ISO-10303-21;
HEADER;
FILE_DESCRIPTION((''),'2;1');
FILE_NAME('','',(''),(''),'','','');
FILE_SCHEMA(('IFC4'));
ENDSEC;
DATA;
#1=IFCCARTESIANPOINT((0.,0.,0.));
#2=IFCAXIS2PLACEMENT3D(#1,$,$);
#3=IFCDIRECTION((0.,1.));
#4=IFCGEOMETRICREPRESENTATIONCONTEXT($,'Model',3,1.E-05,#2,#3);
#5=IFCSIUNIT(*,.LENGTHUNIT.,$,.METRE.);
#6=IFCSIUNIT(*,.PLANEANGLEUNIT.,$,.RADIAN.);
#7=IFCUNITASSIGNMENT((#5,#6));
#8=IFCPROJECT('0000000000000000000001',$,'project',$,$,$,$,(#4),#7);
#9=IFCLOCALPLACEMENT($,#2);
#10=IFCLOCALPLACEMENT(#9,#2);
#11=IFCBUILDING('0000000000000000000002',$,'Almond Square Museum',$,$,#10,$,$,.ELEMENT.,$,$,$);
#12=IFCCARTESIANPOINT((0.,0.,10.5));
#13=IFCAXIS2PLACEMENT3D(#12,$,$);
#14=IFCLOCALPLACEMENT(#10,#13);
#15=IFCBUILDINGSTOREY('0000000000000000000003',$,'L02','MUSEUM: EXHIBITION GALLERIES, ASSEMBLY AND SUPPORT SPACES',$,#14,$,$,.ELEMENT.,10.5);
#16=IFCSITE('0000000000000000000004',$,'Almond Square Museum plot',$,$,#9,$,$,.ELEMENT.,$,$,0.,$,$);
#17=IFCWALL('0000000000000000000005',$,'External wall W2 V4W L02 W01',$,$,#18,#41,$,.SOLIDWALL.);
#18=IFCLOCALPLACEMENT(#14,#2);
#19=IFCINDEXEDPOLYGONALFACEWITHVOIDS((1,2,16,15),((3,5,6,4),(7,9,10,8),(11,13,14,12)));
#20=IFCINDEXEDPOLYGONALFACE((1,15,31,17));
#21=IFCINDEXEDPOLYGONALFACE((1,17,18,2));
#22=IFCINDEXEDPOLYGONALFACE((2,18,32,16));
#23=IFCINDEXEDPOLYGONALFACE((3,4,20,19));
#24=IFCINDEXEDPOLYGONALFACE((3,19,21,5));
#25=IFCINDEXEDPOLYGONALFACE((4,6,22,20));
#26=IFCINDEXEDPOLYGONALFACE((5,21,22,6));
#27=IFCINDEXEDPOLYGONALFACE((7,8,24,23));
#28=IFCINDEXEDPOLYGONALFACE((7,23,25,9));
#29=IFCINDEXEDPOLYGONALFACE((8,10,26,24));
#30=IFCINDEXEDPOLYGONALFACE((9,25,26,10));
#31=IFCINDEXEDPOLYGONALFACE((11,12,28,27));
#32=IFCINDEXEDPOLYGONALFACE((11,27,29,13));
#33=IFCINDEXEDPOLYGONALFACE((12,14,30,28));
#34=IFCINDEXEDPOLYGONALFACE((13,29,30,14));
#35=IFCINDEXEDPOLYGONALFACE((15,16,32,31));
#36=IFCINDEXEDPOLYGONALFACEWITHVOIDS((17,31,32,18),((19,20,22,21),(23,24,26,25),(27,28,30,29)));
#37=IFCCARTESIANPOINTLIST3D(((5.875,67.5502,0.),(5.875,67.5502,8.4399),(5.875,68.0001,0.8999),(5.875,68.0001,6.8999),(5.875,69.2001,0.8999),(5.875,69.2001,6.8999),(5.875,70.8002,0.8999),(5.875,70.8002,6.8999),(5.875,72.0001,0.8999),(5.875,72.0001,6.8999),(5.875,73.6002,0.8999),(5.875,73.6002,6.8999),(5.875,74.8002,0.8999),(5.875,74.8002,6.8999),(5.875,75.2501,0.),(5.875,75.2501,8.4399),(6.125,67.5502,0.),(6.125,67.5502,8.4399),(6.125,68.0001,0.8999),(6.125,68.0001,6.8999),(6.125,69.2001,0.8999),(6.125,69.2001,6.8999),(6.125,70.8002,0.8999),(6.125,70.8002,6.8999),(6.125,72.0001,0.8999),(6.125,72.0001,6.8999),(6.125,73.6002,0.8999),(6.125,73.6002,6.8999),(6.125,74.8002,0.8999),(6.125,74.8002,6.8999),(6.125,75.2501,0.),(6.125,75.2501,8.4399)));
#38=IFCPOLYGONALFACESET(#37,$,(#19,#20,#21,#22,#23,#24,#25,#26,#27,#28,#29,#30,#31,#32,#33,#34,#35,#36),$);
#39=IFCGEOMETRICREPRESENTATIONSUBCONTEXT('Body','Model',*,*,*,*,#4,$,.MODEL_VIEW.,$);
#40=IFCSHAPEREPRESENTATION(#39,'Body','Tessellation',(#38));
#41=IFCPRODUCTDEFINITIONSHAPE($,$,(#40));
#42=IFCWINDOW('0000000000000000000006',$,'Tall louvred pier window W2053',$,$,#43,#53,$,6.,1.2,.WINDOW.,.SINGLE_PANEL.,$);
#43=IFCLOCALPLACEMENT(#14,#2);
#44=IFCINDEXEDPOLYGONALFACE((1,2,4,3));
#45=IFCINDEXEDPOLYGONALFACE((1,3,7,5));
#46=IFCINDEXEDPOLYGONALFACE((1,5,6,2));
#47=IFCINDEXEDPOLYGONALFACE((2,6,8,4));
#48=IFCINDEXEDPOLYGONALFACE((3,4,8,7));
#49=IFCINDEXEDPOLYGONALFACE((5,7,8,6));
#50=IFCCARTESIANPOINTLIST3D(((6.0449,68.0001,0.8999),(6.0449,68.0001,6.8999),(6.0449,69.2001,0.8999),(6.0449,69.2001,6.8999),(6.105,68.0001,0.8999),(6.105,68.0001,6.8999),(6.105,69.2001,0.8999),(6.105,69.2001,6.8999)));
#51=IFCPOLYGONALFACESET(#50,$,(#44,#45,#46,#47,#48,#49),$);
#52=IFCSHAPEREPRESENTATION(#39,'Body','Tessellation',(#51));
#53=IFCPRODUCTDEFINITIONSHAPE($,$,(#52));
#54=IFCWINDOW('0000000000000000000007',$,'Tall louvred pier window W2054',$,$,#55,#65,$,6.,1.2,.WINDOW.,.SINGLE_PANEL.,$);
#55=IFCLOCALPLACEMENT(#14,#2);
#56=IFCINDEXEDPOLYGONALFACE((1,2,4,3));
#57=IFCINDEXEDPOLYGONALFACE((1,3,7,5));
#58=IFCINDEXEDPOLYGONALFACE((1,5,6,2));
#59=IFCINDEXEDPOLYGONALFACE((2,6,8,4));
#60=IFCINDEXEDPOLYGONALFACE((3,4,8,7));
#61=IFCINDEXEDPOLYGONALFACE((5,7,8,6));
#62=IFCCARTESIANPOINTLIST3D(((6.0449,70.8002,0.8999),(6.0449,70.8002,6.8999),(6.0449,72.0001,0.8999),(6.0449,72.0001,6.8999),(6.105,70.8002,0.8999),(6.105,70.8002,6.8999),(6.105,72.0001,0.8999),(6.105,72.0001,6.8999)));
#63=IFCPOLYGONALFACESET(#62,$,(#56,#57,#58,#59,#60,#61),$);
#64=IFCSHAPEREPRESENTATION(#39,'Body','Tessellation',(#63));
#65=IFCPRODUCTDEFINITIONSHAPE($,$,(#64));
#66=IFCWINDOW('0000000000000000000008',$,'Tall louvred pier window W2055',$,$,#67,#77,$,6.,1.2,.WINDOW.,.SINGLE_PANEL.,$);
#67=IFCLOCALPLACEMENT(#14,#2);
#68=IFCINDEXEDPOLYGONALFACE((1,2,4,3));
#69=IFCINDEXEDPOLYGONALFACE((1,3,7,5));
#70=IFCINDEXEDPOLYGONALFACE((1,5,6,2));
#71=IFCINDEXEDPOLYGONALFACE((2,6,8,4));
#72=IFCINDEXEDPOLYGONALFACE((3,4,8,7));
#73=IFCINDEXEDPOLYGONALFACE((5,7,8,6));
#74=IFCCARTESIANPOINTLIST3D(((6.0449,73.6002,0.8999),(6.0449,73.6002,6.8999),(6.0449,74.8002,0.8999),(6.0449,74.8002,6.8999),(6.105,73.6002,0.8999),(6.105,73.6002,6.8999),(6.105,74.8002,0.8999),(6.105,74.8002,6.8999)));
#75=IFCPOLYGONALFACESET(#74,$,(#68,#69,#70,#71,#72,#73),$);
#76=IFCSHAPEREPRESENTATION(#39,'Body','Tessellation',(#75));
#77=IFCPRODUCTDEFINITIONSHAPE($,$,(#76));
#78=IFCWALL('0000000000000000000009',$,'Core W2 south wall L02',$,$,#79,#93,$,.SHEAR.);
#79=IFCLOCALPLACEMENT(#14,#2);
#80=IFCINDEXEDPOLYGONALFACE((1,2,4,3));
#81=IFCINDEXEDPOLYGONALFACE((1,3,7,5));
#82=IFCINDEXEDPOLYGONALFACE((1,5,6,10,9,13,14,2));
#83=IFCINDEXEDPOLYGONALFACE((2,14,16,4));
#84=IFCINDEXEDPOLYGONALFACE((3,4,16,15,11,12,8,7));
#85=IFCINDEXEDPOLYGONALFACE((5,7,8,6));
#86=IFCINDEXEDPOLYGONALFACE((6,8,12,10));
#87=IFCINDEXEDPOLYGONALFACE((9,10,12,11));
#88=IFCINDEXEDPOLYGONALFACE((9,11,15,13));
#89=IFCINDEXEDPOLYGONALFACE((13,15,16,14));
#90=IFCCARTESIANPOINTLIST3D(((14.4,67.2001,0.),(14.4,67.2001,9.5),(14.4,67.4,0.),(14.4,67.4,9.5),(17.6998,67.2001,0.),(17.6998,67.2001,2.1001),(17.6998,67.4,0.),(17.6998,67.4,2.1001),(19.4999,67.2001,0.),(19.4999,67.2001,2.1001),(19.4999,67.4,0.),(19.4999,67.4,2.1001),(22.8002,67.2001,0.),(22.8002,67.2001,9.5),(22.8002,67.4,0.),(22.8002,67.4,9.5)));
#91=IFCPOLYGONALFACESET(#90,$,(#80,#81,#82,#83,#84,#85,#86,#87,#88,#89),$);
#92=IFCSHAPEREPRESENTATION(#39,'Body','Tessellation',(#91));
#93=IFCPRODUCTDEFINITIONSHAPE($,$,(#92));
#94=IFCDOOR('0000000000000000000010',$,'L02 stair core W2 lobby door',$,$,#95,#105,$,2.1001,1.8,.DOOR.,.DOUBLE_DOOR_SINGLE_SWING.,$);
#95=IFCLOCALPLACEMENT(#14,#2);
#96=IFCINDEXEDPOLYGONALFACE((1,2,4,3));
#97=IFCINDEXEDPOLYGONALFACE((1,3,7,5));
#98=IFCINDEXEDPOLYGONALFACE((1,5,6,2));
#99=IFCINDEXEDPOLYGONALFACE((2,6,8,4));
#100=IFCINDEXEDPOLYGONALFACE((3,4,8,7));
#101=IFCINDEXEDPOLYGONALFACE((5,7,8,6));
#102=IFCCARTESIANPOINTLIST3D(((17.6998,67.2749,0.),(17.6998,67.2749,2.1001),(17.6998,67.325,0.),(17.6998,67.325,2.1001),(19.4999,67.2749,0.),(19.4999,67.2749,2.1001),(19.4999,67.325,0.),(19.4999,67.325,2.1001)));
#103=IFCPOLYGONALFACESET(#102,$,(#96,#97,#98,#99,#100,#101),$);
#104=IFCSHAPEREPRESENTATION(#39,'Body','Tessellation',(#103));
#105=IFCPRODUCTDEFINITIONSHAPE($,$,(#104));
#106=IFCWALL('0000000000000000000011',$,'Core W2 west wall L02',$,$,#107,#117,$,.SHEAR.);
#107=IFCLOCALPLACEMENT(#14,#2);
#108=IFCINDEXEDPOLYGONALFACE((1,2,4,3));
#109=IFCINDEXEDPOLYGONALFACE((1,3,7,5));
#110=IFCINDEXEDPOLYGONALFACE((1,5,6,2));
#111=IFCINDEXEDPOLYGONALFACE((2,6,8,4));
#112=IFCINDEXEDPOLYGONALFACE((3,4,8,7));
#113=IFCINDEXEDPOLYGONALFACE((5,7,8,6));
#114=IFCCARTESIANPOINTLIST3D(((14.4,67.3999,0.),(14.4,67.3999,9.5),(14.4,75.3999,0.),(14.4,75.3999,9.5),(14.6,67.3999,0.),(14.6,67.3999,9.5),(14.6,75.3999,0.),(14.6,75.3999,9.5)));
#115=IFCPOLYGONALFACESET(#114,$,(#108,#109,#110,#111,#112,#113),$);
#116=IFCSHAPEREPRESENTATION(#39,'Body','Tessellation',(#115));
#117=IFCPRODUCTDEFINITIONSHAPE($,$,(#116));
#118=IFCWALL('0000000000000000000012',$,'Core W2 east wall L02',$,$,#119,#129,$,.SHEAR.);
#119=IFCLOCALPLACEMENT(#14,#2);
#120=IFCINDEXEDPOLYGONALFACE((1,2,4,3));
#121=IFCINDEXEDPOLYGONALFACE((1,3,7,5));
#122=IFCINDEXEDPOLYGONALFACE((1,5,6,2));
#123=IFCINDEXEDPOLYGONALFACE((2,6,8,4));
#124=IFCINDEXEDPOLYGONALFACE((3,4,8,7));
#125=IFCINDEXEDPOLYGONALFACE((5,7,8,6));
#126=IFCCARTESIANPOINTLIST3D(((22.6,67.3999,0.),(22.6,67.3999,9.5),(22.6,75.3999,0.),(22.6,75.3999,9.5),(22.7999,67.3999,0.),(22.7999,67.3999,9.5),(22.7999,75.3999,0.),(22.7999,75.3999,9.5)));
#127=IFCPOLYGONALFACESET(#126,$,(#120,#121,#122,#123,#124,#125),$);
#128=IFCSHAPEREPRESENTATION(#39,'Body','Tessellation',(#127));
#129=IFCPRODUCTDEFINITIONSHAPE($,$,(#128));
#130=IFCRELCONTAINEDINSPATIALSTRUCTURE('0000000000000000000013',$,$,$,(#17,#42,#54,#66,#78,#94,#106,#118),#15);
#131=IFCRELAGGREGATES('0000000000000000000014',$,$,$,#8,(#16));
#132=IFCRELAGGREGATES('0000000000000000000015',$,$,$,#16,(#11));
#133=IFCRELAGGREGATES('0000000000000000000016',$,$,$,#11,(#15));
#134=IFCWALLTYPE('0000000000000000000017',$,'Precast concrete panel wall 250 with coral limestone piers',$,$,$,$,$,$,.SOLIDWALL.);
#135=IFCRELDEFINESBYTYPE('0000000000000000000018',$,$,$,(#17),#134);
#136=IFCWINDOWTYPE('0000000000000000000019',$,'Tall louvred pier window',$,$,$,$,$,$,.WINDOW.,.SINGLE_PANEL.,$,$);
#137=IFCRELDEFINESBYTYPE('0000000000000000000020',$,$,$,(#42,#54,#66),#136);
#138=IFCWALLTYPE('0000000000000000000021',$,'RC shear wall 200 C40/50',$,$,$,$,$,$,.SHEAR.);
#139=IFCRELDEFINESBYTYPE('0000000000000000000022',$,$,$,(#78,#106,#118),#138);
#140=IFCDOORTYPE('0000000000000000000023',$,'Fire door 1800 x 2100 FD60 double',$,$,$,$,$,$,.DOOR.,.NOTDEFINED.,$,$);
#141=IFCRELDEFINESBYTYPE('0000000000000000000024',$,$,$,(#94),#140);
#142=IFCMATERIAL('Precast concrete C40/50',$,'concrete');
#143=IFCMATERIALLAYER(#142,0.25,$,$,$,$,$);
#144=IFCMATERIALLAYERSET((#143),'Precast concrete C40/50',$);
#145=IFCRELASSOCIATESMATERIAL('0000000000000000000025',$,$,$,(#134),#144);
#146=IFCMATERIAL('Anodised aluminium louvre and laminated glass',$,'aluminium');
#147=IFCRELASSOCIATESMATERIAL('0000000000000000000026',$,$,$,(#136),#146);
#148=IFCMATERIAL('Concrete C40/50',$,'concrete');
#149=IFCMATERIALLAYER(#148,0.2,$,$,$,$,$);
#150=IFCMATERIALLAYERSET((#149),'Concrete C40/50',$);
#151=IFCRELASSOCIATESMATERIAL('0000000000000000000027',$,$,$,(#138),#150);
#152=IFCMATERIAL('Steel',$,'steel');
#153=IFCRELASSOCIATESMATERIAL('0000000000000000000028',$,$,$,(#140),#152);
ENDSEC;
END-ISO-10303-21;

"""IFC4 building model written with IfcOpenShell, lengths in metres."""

from ifc_helpers import new_model, si_unit, direction, frame, frame_2d, origin, place, context, subcontext, project, spatial, rectangle, extrude, material, layer, layer_set, type_object, element, fill, save


model = new_model("IFC4")

# Units and contexts
model_context = context("Model", 3, precision=1e-05, world=origin(), true_north=direction((0.0, 1.0)))
body_context = subcontext(model_context, "Body", "Model", "MODEL_VIEW")
ifc_project = project(units=[si_unit("LENGTHUNIT", "METRE"), si_unit("PLANEANGLEUNIT", "RADIAN")], contexts=[model_context])

# Site, building, storey
site_placement = place(None, origin())
site = spatial("IfcSite", under=ifc_project, at=site_placement, Name="Almond Square Museum plot", CompositionType="ELEMENT", RefElevation=0.0)
building_placement = place(site_placement, origin())
building = spatial("IfcBuilding", under=site, at=building_placement, Name="Almond Square Museum", CompositionType="ELEMENT")
storey_placement = place(building_placement, frame((0.0, 0.0, 10.5)))
storey = spatial("IfcBuildingStorey", under=building, at=storey_placement, Name="L02", Description="MUSEUM: EXHIBITION GALLERIES, ASSEMBLY AND SUPPORT SPACES", CompositionType="ELEMENT", Elevation=10.5)

# Wall, openings, windows
ifc_material_1 = material(Name="Precast concrete C40/50", Category="concrete")
ifc_layer_1 = layer(ifc_material_1, 0.25)
ifc_layer_set_1 = layer_set([ifc_layer_1], Name="Precast concrete C40/50")
wall_type_1 = type_object("IfcWallType", Name="Precast concrete panel wall 250 with coral limestone piers", PredefinedType="SOLIDWALL", material=ifc_layer_set_1)
ifc_material_2 = material(Name="Anodised aluminium louvre and laminated glass", Category="aluminium")
window_type = type_object("IfcWindowType", Name="Tall louvred pier window", PartitioningType="SINGLE_PANEL", PredefinedType="WINDOW", material=ifc_material_2)
wall_1_placement = place(storey_placement, frame((6.0, 67.55, 0.0), z_axis=(0.0, 0.0, 1.0), x_axis=(0.0, 1.0, 0.0)))
wall_1 = element("IfcWall", 1, at=wall_1_placement, inside=storey, type_object=wall_type_1, Name="External wall W2 V4W L02 W01", PredefinedType="SOLIDWALL", context=body_context, shape_type="SweptSolid", body=[
    extrude(rectangle(XDim=7.7, YDim=0.25, at=frame_2d((3.8501, 0.0))), origin(), (0.0, 0.0, 1.0), 8.4399),
])
opening_1_placement = place(wall_1_placement, frame((0.45, 0.0, 0.8999)))
opening_1 = element("IfcOpeningElement", 2, at=opening_1_placement, cuts=wall_1, PredefinedType="OPENING", context=body_context, shape_type="SweptSolid", body=[
    extrude(rectangle(XDim=1.2, YDim=6.0, at=frame_2d((0.6001, 3.0))), frame((0.0, 0.135, 0.0), z_axis=(0.0, -1.0, 0.0), x_axis=(1.0, 0.0, 0.0)), (0.0, 0.0, 1.0), 0.27),
])
opening_2_placement = place(wall_1_placement, frame((3.25, 0.0, 0.8999)))
opening_2 = element("IfcOpeningElement", 3, at=opening_2_placement, cuts=wall_1, PredefinedType="OPENING", context=body_context, shape_type="SweptSolid", body=[
    extrude(rectangle(XDim=1.2, YDim=6.0, at=frame_2d((0.6001, 3.0))), frame((0.0, 0.135, 0.0), z_axis=(0.0, -1.0, 0.0), x_axis=(1.0, 0.0, 0.0)), (0.0, 0.0, 1.0), 0.27),
])
opening_3_placement = place(wall_1_placement, frame((6.05, 0.0, 0.8999)))
opening_3 = element("IfcOpeningElement", 4, at=opening_3_placement, cuts=wall_1, PredefinedType="OPENING", context=body_context, shape_type="SweptSolid", body=[
    extrude(rectangle(XDim=1.2, YDim=6.0, at=frame_2d((0.6001, 3.0))), frame((0.0, 0.135, 0.0), z_axis=(0.0, -1.0, 0.0), x_axis=(1.0, 0.0, 0.0)), (0.0, 0.0, 1.0), 0.27),
])
window_1_placement = place(opening_1_placement, origin())
window_1 = element("IfcWindow", 5, at=window_1_placement, inside=storey, type_object=window_type, Name="Tall louvred pier window W2053", OverallHeight=6.0, OverallWidth=1.2, PartitioningType="SINGLE_PANEL", PredefinedType="WINDOW", context=body_context, shape_type="SweptSolid", body=[
    extrude(rectangle(XDim=1.2, YDim=6.0, at=frame_2d((0.6001, 3.0))), frame((0.0, -0.0449, 0.0), z_axis=(0.0, -1.0, 0.0), x_axis=(1.0, 0.0, 0.0)), (0.0, 0.0, 1.0), 0.0601),
])
fill(opening_1, window_1)
window_2_placement = place(opening_2_placement, origin())
window_2 = element("IfcWindow", 6, at=window_2_placement, inside=storey, type_object=window_type, Name="Tall louvred pier window W2054", OverallHeight=6.0, OverallWidth=1.2, PartitioningType="SINGLE_PANEL", PredefinedType="WINDOW", context=body_context, shape_type="SweptSolid", body=[
    extrude(rectangle(XDim=1.2, YDim=6.0, at=frame_2d((0.6001, 3.0))), frame((0.0, -0.0449, 0.0), z_axis=(0.0, -1.0, 0.0), x_axis=(1.0, 0.0, 0.0)), (0.0, 0.0, 1.0), 0.0601),
])
fill(opening_2, window_2)
window_3_placement = place(opening_3_placement, origin())
window_3 = element("IfcWindow", 7, at=window_3_placement, inside=storey, type_object=window_type, Name="Tall louvred pier window W2055", OverallHeight=6.0, OverallWidth=1.2, PartitioningType="SINGLE_PANEL", PredefinedType="WINDOW", context=body_context, shape_type="SweptSolid", body=[
    extrude(rectangle(XDim=1.2, YDim=6.0, at=frame_2d((0.6001, 3.0))), frame((0.0, -0.0449, 0.0), z_axis=(0.0, -1.0, 0.0), x_axis=(1.0, 0.0, 0.0)), (0.0, 0.0, 1.0), 0.0601),
])
fill(opening_3, window_3)

# Wall, opening, door
ifc_material_3 = material(Name="Concrete C40/50", Category="concrete")
ifc_layer_2 = layer(ifc_material_3, 0.2)
ifc_layer_set_2 = layer_set([ifc_layer_2], Name="Concrete C40/50")
wall_type_2 = type_object("IfcWallType", Name="RC shear wall 200 C40/50", PredefinedType="SHEAR", material=ifc_layer_set_2)
wall_2_placement = place(storey_placement, frame((14.3999, 67.3, 0.0), z_axis=(0.0, 0.0, 1.0), x_axis=(1.0, 0.0, 0.0)))
wall_2 = element("IfcWall", 8, at=wall_2_placement, inside=storey, type_object=wall_type_2, Name="Core W2 south wall L02", PredefinedType="SHEAR", context=body_context, shape_type="SweptSolid", body=[
    extrude(rectangle(XDim=8.4001, YDim=0.2, at=frame_2d((4.2002, 0.0))), origin(), (0.0, 0.0, 1.0), 9.5),
])
opening_4_placement = place(wall_2_placement, frame((3.3, 0.0, 0.0)))
opening_4 = element("IfcOpeningElement", 9, at=opening_4_placement, cuts=wall_2, PredefinedType="OPENING", context=body_context, shape_type="SweptSolid", body=[
    extrude(rectangle(XDim=1.8, YDim=2.1001, at=frame_2d((0.8999, 1.05))), frame((0.0, 0.1099, 0.0), z_axis=(0.0, -1.0, 0.0), x_axis=(1.0, 0.0, 0.0)), (0.0, 0.0, 1.0), 0.22),
])
ifc_material_4 = material(Name="Steel", Category="steel")
door_type_1 = type_object("IfcDoorType", Name="Fire door 1800 x 2100 FD60 double", OperationType="NOTDEFINED", PredefinedType="DOOR", material=ifc_material_4)
door_1_placement = place(opening_4_placement, origin())
door_1 = element("IfcDoor", 10, at=door_1_placement, inside=storey, type_object=door_type_1, Name="L02 stair core W2 lobby door", OperationType="DOUBLE_DOOR_SINGLE_SWING", OverallHeight=2.1001, OverallWidth=1.8, PredefinedType="DOOR", context=body_context, shape_type="SweptSolid", body=[
    extrude(rectangle(XDim=1.8, YDim=2.1001, at=frame_2d((0.8999, 1.05))), frame((0.0, 0.0249, 0.0), z_axis=(0.0, -1.0, 0.0), x_axis=(1.0, 0.0, 0.0)), (0.0, 0.0, 1.0), 0.05),
])
fill(opening_4, door_1)

# Walls
for number, where, z_axis, x_axis, name in (
    (11, (14.5, 67.3999, 0.0), (0.0, 0.0, 1.0), (0.0, 1.0, 0.0), "Core W2 west wall L02"),
    (12, (22.7, 67.3999, 0.0), (0.0, 0.0, 1.0), (0.0, 1.0, 0.0), "Core W2 east wall L02"),
):
    element("IfcWall", number, at=place(storey_placement, frame(where, z_axis=z_axis, x_axis=x_axis)), inside=storey, type_object=wall_type_2, Name=name, PredefinedType="SHEAR", context=body_context, shape_type="SweptSolid", body=[
        extrude(rectangle(XDim=8.0, YDim=0.2, at=frame_2d((4.0, 0.0))), origin(), (0.0, 0.0, 1.0), 9.5),
    ])

save(model, "model.ifc")
